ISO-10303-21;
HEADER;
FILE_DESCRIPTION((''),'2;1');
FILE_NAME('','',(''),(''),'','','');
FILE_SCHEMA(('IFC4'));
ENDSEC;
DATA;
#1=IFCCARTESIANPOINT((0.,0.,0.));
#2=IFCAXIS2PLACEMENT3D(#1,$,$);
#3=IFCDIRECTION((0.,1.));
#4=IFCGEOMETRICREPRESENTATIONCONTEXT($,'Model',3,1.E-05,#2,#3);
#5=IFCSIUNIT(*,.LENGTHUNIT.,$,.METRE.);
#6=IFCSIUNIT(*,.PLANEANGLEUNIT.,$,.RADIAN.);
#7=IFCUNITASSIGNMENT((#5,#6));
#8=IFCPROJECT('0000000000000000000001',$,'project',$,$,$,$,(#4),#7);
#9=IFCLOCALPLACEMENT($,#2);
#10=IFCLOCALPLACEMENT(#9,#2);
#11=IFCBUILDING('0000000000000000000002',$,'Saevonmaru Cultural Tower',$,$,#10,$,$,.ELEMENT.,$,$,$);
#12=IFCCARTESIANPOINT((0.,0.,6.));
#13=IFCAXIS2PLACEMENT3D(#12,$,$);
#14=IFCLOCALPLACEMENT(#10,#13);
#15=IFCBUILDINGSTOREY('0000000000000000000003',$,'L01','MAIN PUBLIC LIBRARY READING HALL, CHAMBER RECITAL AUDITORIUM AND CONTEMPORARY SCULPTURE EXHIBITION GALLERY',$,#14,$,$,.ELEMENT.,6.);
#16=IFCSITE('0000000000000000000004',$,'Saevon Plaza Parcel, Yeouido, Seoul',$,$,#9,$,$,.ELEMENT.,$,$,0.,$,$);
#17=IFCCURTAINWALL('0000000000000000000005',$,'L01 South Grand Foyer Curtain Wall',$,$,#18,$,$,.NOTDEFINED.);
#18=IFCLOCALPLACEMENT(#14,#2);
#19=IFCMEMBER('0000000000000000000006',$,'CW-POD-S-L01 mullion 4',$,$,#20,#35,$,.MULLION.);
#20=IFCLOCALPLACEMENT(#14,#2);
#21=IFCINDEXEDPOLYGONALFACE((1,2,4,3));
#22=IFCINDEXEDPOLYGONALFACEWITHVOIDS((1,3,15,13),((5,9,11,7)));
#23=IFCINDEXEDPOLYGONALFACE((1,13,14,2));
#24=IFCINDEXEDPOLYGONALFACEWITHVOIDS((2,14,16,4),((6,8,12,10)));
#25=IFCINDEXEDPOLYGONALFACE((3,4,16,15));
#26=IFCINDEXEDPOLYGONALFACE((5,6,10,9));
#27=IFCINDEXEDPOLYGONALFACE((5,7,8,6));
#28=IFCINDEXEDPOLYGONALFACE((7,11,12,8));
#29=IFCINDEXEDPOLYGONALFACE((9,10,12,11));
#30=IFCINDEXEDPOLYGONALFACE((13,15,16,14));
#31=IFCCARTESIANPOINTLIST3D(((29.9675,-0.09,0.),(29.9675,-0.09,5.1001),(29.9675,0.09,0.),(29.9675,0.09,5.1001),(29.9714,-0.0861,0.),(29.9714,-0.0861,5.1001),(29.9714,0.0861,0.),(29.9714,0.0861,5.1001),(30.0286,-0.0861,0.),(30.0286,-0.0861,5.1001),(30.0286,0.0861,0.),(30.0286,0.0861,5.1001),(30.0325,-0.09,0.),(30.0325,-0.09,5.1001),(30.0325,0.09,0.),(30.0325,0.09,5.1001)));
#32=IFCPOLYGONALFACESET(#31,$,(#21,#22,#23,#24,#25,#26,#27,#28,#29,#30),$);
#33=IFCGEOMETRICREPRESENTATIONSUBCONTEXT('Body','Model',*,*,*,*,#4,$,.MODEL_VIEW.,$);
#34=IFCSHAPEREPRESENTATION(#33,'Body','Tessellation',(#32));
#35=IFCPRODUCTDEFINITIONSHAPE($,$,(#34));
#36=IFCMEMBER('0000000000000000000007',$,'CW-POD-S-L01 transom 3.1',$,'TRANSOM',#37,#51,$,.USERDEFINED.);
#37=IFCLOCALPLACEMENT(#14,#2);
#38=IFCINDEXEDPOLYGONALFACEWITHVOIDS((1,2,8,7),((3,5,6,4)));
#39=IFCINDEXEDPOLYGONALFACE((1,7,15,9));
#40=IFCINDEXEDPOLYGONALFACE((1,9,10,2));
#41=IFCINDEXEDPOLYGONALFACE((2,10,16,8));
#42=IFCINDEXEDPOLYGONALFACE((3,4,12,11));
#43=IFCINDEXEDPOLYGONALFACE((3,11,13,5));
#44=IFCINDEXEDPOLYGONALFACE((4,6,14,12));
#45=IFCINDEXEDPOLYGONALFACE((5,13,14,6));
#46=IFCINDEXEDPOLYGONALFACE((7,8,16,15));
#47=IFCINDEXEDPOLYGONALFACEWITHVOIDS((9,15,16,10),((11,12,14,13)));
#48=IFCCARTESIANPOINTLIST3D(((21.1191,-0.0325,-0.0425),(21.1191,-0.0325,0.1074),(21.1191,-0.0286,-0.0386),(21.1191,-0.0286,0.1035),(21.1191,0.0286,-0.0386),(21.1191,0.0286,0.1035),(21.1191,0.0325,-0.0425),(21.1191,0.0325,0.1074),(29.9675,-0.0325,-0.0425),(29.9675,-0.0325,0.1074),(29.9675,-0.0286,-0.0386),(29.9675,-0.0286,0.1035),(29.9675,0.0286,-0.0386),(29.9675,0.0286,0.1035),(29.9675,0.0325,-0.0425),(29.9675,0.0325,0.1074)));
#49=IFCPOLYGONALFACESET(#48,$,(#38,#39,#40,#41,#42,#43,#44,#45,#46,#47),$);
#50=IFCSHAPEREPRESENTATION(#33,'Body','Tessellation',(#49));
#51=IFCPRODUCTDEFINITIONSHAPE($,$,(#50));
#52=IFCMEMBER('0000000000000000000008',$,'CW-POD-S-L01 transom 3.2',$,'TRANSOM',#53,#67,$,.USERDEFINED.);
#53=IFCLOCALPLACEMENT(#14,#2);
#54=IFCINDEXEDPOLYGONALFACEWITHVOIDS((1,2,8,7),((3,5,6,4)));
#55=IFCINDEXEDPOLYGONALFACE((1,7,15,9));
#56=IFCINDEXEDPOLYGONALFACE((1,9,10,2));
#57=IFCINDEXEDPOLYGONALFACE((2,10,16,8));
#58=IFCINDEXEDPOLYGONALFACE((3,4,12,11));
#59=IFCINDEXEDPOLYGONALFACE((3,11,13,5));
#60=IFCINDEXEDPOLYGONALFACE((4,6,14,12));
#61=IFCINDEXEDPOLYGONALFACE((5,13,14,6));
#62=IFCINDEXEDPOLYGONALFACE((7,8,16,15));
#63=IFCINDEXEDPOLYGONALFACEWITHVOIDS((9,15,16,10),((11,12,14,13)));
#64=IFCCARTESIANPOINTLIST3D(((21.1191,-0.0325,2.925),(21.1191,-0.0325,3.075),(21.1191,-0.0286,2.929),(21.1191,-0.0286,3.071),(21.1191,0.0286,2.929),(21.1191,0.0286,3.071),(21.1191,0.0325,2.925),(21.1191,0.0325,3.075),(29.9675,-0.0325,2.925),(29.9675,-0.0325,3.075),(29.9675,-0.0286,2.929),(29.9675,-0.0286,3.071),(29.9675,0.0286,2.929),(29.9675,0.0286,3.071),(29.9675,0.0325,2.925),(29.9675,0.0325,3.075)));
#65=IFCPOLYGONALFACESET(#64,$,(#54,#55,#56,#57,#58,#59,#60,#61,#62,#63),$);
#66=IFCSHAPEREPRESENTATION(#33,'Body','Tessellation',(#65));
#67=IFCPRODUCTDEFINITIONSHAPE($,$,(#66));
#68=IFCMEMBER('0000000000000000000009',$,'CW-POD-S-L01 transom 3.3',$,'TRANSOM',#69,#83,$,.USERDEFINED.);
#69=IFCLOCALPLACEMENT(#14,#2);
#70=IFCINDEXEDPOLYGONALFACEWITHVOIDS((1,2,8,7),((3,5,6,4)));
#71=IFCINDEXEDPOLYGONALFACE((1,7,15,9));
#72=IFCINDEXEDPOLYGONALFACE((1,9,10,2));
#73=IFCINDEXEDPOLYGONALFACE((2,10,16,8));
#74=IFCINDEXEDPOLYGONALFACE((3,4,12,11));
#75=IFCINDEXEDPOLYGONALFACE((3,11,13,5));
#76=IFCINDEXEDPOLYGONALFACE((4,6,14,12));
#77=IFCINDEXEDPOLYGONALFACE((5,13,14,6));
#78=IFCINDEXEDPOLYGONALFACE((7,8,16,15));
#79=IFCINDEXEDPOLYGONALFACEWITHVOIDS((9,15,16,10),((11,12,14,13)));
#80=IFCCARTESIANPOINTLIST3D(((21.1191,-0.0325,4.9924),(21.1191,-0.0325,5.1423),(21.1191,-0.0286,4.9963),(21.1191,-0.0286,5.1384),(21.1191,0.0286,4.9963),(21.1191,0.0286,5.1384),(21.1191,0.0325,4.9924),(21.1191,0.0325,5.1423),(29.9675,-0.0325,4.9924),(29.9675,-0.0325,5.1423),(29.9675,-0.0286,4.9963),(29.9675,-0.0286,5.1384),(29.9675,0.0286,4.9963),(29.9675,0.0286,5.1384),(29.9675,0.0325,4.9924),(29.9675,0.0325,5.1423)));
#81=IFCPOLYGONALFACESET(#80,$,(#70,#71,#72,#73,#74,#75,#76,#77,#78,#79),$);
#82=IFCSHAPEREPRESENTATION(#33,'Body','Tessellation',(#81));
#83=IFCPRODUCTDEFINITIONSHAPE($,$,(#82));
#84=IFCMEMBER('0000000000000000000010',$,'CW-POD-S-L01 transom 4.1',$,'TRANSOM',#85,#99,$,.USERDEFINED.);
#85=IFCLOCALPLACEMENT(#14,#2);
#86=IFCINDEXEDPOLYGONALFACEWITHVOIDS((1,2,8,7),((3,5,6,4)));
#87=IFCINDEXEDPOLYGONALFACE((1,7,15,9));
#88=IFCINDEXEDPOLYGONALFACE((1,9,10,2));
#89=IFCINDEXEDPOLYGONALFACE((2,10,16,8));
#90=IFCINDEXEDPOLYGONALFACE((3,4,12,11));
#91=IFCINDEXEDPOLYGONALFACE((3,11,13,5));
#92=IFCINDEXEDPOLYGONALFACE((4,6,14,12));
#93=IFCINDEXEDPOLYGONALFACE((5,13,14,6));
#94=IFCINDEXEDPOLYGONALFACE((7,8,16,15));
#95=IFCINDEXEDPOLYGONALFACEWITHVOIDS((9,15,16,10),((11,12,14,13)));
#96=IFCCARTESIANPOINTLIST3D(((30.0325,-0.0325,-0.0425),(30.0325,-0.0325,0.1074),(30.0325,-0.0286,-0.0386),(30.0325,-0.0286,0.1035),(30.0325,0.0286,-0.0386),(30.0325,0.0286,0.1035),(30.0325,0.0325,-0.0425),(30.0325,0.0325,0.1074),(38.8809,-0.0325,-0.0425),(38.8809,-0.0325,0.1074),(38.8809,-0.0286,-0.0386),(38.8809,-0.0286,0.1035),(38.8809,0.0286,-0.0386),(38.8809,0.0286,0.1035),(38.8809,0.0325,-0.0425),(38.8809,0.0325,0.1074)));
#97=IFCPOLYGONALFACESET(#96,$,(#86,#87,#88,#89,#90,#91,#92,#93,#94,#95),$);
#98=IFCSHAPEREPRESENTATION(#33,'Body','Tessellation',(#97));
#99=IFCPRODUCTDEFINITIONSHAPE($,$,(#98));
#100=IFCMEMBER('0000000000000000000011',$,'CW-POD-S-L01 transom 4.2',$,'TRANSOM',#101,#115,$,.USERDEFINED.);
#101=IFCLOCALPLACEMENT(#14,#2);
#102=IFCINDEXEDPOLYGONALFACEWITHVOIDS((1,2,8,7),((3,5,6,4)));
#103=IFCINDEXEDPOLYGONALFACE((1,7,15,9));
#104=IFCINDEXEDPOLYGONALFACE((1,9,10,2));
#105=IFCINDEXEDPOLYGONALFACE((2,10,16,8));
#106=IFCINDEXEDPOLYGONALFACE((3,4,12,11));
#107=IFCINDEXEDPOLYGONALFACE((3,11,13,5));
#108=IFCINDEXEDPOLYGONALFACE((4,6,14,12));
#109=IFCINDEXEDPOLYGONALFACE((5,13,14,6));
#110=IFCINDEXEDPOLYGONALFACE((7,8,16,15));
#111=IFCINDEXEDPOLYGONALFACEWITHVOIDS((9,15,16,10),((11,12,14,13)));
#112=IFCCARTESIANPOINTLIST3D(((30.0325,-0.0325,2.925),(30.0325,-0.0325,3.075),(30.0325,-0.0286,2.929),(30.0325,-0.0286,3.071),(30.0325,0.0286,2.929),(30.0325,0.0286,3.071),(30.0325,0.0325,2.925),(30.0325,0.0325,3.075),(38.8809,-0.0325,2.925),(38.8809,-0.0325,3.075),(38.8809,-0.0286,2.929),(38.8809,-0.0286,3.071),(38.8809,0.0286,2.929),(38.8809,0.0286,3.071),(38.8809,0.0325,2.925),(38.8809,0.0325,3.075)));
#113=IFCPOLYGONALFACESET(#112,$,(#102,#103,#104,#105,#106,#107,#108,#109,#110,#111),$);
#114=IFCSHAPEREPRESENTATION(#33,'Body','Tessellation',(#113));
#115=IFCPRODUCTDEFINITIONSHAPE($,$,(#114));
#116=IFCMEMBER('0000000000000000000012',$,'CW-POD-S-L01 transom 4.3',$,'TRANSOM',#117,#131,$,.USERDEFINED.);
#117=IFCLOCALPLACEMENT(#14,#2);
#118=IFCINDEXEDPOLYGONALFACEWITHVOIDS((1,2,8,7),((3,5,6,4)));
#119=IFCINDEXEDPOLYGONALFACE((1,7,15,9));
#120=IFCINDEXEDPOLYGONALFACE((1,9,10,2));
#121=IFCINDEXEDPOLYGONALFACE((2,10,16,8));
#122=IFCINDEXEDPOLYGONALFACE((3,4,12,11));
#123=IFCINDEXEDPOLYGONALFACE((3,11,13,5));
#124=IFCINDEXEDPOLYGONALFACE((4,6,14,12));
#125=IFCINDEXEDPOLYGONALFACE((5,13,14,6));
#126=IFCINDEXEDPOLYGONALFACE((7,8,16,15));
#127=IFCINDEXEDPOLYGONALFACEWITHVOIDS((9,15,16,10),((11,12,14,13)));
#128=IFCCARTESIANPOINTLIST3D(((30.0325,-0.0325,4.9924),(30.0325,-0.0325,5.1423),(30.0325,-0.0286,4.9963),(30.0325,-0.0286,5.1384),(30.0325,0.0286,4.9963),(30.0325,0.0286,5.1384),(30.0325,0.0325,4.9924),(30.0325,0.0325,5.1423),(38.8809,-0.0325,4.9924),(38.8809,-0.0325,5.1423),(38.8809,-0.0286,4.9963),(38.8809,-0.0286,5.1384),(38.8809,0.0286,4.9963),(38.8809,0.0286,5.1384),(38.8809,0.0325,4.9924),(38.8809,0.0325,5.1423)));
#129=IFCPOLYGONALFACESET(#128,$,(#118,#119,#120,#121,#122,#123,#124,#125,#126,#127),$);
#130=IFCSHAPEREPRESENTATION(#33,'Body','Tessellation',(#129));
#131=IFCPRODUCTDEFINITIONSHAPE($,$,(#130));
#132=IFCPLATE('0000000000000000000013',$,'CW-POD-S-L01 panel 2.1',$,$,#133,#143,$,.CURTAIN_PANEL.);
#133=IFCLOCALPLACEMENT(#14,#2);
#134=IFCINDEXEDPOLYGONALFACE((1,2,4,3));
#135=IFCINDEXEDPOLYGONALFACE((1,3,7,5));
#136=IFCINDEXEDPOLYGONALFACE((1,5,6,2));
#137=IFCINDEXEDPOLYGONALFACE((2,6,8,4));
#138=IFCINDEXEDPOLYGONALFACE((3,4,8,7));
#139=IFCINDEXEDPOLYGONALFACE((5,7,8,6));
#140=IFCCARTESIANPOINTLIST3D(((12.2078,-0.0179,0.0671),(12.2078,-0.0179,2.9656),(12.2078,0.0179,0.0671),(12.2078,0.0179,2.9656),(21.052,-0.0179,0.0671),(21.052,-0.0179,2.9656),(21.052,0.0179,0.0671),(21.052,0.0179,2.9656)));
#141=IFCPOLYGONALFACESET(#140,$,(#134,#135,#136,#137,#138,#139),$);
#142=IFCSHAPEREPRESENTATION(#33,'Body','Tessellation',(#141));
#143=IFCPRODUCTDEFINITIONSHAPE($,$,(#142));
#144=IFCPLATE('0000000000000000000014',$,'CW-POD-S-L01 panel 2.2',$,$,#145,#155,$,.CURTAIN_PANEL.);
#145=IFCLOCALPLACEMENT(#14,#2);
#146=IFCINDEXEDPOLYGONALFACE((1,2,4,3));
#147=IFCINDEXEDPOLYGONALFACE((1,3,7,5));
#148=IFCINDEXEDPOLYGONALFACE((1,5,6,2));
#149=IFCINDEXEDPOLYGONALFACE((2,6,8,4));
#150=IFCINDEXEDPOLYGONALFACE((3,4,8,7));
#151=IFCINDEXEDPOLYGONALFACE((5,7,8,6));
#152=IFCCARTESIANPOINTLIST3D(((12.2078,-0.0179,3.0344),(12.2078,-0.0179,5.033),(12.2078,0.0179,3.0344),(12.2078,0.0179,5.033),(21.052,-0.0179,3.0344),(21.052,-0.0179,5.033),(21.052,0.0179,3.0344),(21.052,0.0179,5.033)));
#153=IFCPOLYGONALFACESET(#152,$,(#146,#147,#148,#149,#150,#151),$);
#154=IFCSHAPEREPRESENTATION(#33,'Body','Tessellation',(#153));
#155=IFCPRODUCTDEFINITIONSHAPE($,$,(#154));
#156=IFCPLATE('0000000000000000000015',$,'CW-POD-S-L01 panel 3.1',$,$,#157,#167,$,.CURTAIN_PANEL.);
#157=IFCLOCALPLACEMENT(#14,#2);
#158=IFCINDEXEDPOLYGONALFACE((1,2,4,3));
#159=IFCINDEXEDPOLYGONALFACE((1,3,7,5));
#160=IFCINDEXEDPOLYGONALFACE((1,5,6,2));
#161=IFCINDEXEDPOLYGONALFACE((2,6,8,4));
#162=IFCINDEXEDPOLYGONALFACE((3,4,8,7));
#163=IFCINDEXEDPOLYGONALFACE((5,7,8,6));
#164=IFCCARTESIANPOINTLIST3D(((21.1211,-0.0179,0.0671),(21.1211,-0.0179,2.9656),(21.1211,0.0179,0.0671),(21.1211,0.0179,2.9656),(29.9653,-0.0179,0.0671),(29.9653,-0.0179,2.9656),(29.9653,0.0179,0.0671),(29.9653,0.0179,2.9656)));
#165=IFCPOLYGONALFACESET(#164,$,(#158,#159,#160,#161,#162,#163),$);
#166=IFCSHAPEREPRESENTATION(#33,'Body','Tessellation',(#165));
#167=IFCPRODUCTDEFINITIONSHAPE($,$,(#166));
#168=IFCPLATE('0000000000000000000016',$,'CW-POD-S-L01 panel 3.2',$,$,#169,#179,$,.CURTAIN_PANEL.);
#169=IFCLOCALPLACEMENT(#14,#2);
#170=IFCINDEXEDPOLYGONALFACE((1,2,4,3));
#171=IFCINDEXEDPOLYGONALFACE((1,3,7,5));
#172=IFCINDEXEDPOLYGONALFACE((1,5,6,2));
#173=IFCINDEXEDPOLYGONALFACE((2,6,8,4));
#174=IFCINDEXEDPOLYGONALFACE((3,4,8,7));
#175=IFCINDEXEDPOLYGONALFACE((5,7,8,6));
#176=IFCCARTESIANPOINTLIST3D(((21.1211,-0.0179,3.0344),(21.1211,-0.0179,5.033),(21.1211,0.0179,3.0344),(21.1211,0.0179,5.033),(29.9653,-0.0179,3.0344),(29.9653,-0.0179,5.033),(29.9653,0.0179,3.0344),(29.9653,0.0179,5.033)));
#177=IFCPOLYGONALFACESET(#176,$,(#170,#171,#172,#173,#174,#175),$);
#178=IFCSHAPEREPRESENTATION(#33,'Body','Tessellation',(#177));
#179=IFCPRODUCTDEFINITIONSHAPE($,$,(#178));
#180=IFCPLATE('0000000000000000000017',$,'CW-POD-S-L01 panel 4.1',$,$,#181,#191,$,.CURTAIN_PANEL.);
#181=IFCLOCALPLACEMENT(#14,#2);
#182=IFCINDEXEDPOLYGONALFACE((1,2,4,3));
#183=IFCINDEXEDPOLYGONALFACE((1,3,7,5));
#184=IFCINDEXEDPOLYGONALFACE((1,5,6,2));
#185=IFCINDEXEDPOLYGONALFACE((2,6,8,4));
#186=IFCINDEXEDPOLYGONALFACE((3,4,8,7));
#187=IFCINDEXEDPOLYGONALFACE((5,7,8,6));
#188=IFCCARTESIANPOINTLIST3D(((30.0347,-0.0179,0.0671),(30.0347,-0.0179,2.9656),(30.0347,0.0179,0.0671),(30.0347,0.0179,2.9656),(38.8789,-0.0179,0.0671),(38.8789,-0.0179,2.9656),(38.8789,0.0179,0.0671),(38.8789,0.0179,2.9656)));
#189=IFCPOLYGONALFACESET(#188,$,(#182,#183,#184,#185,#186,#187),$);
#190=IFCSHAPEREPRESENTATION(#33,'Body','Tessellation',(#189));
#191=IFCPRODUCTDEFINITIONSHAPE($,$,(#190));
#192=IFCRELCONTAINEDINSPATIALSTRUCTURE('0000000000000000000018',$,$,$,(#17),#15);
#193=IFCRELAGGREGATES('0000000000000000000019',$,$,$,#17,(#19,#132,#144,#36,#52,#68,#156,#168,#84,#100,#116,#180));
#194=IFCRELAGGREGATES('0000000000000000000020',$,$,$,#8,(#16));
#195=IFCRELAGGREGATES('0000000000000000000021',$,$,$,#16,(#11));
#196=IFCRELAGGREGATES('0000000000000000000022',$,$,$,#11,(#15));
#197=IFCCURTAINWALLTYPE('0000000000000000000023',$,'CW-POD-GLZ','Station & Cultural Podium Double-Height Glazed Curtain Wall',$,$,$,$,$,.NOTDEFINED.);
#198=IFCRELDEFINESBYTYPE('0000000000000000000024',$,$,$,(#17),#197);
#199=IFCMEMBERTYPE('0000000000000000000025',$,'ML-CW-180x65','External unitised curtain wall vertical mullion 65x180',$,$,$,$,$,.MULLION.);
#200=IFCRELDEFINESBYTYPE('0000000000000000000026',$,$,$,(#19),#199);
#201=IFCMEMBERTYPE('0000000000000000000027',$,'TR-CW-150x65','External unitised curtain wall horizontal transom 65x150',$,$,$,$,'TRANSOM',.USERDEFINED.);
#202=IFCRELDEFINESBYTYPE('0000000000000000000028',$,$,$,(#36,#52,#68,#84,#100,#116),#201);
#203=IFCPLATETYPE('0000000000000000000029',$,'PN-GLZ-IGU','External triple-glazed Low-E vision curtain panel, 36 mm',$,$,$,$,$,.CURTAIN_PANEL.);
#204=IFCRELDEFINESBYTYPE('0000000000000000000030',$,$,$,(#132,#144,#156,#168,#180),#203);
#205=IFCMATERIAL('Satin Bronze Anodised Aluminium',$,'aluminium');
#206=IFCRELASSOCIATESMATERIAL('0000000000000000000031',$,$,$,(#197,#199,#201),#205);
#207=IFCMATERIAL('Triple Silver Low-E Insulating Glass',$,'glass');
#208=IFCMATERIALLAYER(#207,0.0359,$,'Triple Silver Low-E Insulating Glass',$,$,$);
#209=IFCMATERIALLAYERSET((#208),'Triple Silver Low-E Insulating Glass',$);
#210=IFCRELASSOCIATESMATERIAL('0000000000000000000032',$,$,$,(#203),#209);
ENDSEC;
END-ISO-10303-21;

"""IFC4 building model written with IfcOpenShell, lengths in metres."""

from ifc_helpers import new_model, si_unit, direction, frame, origin, origin_2d, place, context, subcontext, project, spatial, rectangle, hollow_rectangle, extrude, material, layer, layer_set, material_profile, profile_set, type_object, element, aggregate, save


model = new_model("IFC4")

# Units and contexts
model_context = context("Model", 3, precision=1e-05, world=origin(), true_north=direction((0.0, 1.0)))
body_context = subcontext(model_context, "Body", "Model", "MODEL_VIEW")
ifc_project = project(units=[si_unit("LENGTHUNIT", "METRE"), si_unit("PLANEANGLEUNIT", "RADIAN")], contexts=[model_context])

# Site, building, storey
site_placement = place(None, origin())
site = spatial("IfcSite", under=ifc_project, at=site_placement, Name="Saevon Plaza Parcel, Yeouido, Seoul", CompositionType="ELEMENT", RefElevation=0.0)
building_placement = place(site_placement, origin())
building = spatial("IfcBuilding", under=site, at=building_placement, Name="Saevonmaru Cultural Tower", CompositionType="ELEMENT")
storey_placement = place(building_placement, frame((0.0, 0.0, 6.0)))
storey = spatial("IfcBuildingStorey", under=building, at=storey_placement, Name="L01", Description="MAIN PUBLIC LIBRARY READING HALL, CHAMBER RECITAL AUDITORIUM AND CONTEMPORARY SCULPTURE EXHIBITION GALLERY", CompositionType="ELEMENT", Elevation=6.0)

# Curtain wall, members, plates
ifc_material_1 = material(Name="Satin Bronze Anodised Aluminium", Category="aluminium")
curtain_wall_type = type_object("IfcCurtainWallType", Name="CW-POD-GLZ", Description="Station & Cultural Podium Double-Height Glazed Curtain Wall", PredefinedType="NOTDEFINED", material=ifc_material_1)
curtain_wall_placement = place(storey_placement, origin())
curtain_wall = element("IfcCurtainWall", 1, at=curtain_wall_placement, inside=storey, type_object=curtain_wall_type, Name="L01 South Grand Foyer Curtain Wall", PredefinedType="NOTDEFINED")
ifc_material_profile_1 = material_profile(ifc_material_1, hollow_rectangle(XDim=0.0649, YDim=0.1799, WallThickness=0.0039, at=origin_2d()), Name="ALU-MULL-180x65x4")
ifc_profile_set_1 = profile_set([ifc_material_profile_1], Name="Satin Bronze Anodised Aluminium")
member_type_1 = type_object("IfcMemberType", Name="ML-CW-180x65", Description="External unitised curtain wall vertical mullion 65x180", PredefinedType="MULLION", material=ifc_profile_set_1)
member_1_placement = place(storey_placement, frame((30.0, 0.0, 0.0), z_axis=(0.0, 0.0, 1.0), x_axis=(1.0, 0.0, 0.0)))
member_1 = element("IfcMember", 2, at=member_1_placement, type_object=member_type_1, Name="CW-POD-S-L01 mullion 4", PredefinedType="MULLION", context=body_context, shape_type="SweptSolid", body=[
    extrude(hollow_rectangle(XDim=0.0649, YDim=0.1799, WallThickness=0.0039, at=origin_2d()), origin(), (0.0, 0.0, 1.0), 5.1001),
])
ifc_material_profile_2 = material_profile(ifc_material_1, hollow_rectangle(XDim=0.0649, YDim=0.1499, WallThickness=0.0039, at=origin_2d()), Name="ALU-TRAN-150x65x4")
ifc_profile_set_2 = profile_set([ifc_material_profile_2], Name="Satin Bronze Anodised Aluminium")
member_type_2 = type_object("IfcMemberType", Name="TR-CW-150x65", Description="External unitised curtain wall horizontal transom 65x150", ElementType="TRANSOM", PredefinedType="USERDEFINED", material=ifc_profile_set_2)
member_2_placement = place(storey_placement, frame((21.1191, 0.0, 0.0325), z_axis=(1.0, 0.0, 0.0), x_axis=(0.0, 1.0, 0.0)))
member_2 = element("IfcMember", 3, at=member_2_placement, type_object=member_type_2, Name="CW-POD-S-L01 transom 3.1", ObjectType="TRANSOM", PredefinedType="USERDEFINED", context=body_context, shape_type="SweptSolid", body=[
    extrude(hollow_rectangle(XDim=0.0649, YDim=0.1499, WallThickness=0.0039, at=origin_2d()), origin(), (0.0, 0.0, 1.0), 8.8484),
])
member_3_placement = place(storey_placement, frame((21.1191, 0.0, 3.0), z_axis=(1.0, 0.0, 0.0), x_axis=(0.0, 1.0, 0.0)))
member_3 = element("IfcMember", 4, at=member_3_placement, type_object=member_type_2, Name="CW-POD-S-L01 transom 3.2", ObjectType="TRANSOM", PredefinedType="USERDEFINED", context=body_context, shape_type="SweptSolid", body=[
    extrude(hollow_rectangle(XDim=0.0649, YDim=0.1499, WallThickness=0.0039, at=origin_2d()), origin(), (0.0, 0.0, 1.0), 8.8484),
])
member_4_placement = place(storey_placement, frame((21.1191, 0.0, 5.0674), z_axis=(1.0, 0.0, 0.0), x_axis=(0.0, 1.0, 0.0)))
member_4 = element("IfcMember", 5, at=member_4_placement, type_object=member_type_2, Name="CW-POD-S-L01 transom 3.3", ObjectType="TRANSOM", PredefinedType="USERDEFINED", context=body_context, shape_type="SweptSolid", body=[
    extrude(hollow_rectangle(XDim=0.0649, YDim=0.1499, WallThickness=0.0039, at=origin_2d()), origin(), (0.0, 0.0, 1.0), 8.8484),
])
member_5_placement = place(storey_placement, frame((30.0325, 0.0, 0.0325), z_axis=(1.0, 0.0, 0.0), x_axis=(0.0, 1.0, 0.0)))
member_5 = element("IfcMember", 6, at=member_5_placement, type_object=member_type_2, Name="CW-POD-S-L01 transom 4.1", ObjectType="TRANSOM", PredefinedType="USERDEFINED", context=body_context, shape_type="SweptSolid", body=[
    extrude(hollow_rectangle(XDim=0.0649, YDim=0.1499, WallThickness=0.0039, at=origin_2d()), origin(), (0.0, 0.0, 1.0), 8.8484),
])
member_6_placement = place(storey_placement, frame((30.0325, 0.0, 3.0), z_axis=(1.0, 0.0, 0.0), x_axis=(0.0, 1.0, 0.0)))
member_6 = element("IfcMember", 7, at=member_6_placement, type_object=member_type_2, Name="CW-POD-S-L01 transom 4.2", ObjectType="TRANSOM", PredefinedType="USERDEFINED", context=body_context, shape_type="SweptSolid", body=[
    extrude(hollow_rectangle(XDim=0.0649, YDim=0.1499, WallThickness=0.0039, at=origin_2d()), origin(), (0.0, 0.0, 1.0), 8.8484),
])
member_7_placement = place(storey_placement, frame((30.0325, 0.0, 5.0674), z_axis=(1.0, 0.0, 0.0), x_axis=(0.0, 1.0, 0.0)))
member_7 = element("IfcMember", 8, at=member_7_placement, type_object=member_type_2, Name="CW-POD-S-L01 transom 4.3", ObjectType="TRANSOM", PredefinedType="USERDEFINED", context=body_context, shape_type="SweptSolid", body=[
    extrude(hollow_rectangle(XDim=0.0649, YDim=0.1499, WallThickness=0.0039, at=origin_2d()), origin(), (0.0, 0.0, 1.0), 8.8484),
])
ifc_material_2 = material(Name="Triple Silver Low-E Insulating Glass", Category="glass")
ifc_layer_1 = layer(ifc_material_2, 0.0359, Name="Triple Silver Low-E Insulating Glass")
ifc_layer_set_1 = layer_set([ifc_layer_1], Name="Triple Silver Low-E Insulating Glass")
plate_type = type_object("IfcPlateType", Name="PN-GLZ-IGU", Description="External triple-glazed Low-E vision curtain panel, 36 mm", PredefinedType="CURTAIN_PANEL", material=ifc_layer_set_1)
plate_1_placement = place(storey_placement, frame((16.6299, 0.0, 0.0671), z_axis=(0.0, 0.0, 1.0), x_axis=(1.0, 0.0, 0.0)))
plate_1 = element("IfcPlate", 9, at=plate_1_placement, type_object=plate_type, Name="CW-POD-S-L01 panel 2.1", PredefinedType="CURTAIN_PANEL", context=body_context, shape_type="SweptSolid", body=[
    extrude(rectangle(XDim=8.8442, YDim=0.0359, at=origin_2d()), origin(), (0.0, 0.0, 1.0), 2.8984),
])
plate_2_placement = place(storey_placement, frame((16.6299, 0.0, 3.0344), z_axis=(0.0, 0.0, 1.0), x_axis=(1.0, 0.0, 0.0)))
plate_2 = element("IfcPlate", 10, at=plate_2_placement, type_object=plate_type, Name="CW-POD-S-L01 panel 2.2", PredefinedType="CURTAIN_PANEL", context=body_context, shape_type="SweptSolid", body=[
    extrude(rectangle(XDim=8.8442, YDim=0.0359, at=origin_2d()), origin(), (0.0, 0.0, 1.0), 1.9985),
])
plate_3_placement = place(storey_placement, frame((25.5432, 0.0, 0.0671), z_axis=(0.0, 0.0, 1.0), x_axis=(1.0, 0.0, 0.0)))
plate_3 = element("IfcPlate", 11, at=plate_3_placement, type_object=plate_type, Name="CW-POD-S-L01 panel 3.1", PredefinedType="CURTAIN_PANEL", context=body_context, shape_type="SweptSolid", body=[
    extrude(rectangle(XDim=8.8442, YDim=0.0359, at=origin_2d()), origin(), (0.0, 0.0, 1.0), 2.8984),
])
plate_4_placement = place(storey_placement, frame((25.5432, 0.0, 3.0344), z_axis=(0.0, 0.0, 1.0), x_axis=(1.0, 0.0, 0.0)))
plate_4 = element("IfcPlate", 12, at=plate_4_placement, type_object=plate_type, Name="CW-POD-S-L01 panel 3.2", PredefinedType="CURTAIN_PANEL", context=body_context, shape_type="SweptSolid", body=[
    extrude(rectangle(XDim=8.8442, YDim=0.0359, at=origin_2d()), origin(), (0.0, 0.0, 1.0), 1.9985),
])
plate_5_placement = place(storey_placement, frame((34.4568, 0.0, 0.0671), z_axis=(0.0, 0.0, 1.0), x_axis=(1.0, 0.0, 0.0)))
plate_5 = element("IfcPlate", 13, at=plate_5_placement, type_object=plate_type, Name="CW-POD-S-L01 panel 4.1", PredefinedType="CURTAIN_PANEL", context=body_context, shape_type="SweptSolid", body=[
    extrude(rectangle(XDim=8.8442, YDim=0.0359, at=origin_2d()), origin(), (0.0, 0.0, 1.0), 2.8984),
])
aggregate(curtain_wall, [member_1, plate_1, plate_2, member_2, member_3, member_4, plate_3, plate_4, member_5, member_6, member_7, plate_5])

save(model, "model.ifc")
